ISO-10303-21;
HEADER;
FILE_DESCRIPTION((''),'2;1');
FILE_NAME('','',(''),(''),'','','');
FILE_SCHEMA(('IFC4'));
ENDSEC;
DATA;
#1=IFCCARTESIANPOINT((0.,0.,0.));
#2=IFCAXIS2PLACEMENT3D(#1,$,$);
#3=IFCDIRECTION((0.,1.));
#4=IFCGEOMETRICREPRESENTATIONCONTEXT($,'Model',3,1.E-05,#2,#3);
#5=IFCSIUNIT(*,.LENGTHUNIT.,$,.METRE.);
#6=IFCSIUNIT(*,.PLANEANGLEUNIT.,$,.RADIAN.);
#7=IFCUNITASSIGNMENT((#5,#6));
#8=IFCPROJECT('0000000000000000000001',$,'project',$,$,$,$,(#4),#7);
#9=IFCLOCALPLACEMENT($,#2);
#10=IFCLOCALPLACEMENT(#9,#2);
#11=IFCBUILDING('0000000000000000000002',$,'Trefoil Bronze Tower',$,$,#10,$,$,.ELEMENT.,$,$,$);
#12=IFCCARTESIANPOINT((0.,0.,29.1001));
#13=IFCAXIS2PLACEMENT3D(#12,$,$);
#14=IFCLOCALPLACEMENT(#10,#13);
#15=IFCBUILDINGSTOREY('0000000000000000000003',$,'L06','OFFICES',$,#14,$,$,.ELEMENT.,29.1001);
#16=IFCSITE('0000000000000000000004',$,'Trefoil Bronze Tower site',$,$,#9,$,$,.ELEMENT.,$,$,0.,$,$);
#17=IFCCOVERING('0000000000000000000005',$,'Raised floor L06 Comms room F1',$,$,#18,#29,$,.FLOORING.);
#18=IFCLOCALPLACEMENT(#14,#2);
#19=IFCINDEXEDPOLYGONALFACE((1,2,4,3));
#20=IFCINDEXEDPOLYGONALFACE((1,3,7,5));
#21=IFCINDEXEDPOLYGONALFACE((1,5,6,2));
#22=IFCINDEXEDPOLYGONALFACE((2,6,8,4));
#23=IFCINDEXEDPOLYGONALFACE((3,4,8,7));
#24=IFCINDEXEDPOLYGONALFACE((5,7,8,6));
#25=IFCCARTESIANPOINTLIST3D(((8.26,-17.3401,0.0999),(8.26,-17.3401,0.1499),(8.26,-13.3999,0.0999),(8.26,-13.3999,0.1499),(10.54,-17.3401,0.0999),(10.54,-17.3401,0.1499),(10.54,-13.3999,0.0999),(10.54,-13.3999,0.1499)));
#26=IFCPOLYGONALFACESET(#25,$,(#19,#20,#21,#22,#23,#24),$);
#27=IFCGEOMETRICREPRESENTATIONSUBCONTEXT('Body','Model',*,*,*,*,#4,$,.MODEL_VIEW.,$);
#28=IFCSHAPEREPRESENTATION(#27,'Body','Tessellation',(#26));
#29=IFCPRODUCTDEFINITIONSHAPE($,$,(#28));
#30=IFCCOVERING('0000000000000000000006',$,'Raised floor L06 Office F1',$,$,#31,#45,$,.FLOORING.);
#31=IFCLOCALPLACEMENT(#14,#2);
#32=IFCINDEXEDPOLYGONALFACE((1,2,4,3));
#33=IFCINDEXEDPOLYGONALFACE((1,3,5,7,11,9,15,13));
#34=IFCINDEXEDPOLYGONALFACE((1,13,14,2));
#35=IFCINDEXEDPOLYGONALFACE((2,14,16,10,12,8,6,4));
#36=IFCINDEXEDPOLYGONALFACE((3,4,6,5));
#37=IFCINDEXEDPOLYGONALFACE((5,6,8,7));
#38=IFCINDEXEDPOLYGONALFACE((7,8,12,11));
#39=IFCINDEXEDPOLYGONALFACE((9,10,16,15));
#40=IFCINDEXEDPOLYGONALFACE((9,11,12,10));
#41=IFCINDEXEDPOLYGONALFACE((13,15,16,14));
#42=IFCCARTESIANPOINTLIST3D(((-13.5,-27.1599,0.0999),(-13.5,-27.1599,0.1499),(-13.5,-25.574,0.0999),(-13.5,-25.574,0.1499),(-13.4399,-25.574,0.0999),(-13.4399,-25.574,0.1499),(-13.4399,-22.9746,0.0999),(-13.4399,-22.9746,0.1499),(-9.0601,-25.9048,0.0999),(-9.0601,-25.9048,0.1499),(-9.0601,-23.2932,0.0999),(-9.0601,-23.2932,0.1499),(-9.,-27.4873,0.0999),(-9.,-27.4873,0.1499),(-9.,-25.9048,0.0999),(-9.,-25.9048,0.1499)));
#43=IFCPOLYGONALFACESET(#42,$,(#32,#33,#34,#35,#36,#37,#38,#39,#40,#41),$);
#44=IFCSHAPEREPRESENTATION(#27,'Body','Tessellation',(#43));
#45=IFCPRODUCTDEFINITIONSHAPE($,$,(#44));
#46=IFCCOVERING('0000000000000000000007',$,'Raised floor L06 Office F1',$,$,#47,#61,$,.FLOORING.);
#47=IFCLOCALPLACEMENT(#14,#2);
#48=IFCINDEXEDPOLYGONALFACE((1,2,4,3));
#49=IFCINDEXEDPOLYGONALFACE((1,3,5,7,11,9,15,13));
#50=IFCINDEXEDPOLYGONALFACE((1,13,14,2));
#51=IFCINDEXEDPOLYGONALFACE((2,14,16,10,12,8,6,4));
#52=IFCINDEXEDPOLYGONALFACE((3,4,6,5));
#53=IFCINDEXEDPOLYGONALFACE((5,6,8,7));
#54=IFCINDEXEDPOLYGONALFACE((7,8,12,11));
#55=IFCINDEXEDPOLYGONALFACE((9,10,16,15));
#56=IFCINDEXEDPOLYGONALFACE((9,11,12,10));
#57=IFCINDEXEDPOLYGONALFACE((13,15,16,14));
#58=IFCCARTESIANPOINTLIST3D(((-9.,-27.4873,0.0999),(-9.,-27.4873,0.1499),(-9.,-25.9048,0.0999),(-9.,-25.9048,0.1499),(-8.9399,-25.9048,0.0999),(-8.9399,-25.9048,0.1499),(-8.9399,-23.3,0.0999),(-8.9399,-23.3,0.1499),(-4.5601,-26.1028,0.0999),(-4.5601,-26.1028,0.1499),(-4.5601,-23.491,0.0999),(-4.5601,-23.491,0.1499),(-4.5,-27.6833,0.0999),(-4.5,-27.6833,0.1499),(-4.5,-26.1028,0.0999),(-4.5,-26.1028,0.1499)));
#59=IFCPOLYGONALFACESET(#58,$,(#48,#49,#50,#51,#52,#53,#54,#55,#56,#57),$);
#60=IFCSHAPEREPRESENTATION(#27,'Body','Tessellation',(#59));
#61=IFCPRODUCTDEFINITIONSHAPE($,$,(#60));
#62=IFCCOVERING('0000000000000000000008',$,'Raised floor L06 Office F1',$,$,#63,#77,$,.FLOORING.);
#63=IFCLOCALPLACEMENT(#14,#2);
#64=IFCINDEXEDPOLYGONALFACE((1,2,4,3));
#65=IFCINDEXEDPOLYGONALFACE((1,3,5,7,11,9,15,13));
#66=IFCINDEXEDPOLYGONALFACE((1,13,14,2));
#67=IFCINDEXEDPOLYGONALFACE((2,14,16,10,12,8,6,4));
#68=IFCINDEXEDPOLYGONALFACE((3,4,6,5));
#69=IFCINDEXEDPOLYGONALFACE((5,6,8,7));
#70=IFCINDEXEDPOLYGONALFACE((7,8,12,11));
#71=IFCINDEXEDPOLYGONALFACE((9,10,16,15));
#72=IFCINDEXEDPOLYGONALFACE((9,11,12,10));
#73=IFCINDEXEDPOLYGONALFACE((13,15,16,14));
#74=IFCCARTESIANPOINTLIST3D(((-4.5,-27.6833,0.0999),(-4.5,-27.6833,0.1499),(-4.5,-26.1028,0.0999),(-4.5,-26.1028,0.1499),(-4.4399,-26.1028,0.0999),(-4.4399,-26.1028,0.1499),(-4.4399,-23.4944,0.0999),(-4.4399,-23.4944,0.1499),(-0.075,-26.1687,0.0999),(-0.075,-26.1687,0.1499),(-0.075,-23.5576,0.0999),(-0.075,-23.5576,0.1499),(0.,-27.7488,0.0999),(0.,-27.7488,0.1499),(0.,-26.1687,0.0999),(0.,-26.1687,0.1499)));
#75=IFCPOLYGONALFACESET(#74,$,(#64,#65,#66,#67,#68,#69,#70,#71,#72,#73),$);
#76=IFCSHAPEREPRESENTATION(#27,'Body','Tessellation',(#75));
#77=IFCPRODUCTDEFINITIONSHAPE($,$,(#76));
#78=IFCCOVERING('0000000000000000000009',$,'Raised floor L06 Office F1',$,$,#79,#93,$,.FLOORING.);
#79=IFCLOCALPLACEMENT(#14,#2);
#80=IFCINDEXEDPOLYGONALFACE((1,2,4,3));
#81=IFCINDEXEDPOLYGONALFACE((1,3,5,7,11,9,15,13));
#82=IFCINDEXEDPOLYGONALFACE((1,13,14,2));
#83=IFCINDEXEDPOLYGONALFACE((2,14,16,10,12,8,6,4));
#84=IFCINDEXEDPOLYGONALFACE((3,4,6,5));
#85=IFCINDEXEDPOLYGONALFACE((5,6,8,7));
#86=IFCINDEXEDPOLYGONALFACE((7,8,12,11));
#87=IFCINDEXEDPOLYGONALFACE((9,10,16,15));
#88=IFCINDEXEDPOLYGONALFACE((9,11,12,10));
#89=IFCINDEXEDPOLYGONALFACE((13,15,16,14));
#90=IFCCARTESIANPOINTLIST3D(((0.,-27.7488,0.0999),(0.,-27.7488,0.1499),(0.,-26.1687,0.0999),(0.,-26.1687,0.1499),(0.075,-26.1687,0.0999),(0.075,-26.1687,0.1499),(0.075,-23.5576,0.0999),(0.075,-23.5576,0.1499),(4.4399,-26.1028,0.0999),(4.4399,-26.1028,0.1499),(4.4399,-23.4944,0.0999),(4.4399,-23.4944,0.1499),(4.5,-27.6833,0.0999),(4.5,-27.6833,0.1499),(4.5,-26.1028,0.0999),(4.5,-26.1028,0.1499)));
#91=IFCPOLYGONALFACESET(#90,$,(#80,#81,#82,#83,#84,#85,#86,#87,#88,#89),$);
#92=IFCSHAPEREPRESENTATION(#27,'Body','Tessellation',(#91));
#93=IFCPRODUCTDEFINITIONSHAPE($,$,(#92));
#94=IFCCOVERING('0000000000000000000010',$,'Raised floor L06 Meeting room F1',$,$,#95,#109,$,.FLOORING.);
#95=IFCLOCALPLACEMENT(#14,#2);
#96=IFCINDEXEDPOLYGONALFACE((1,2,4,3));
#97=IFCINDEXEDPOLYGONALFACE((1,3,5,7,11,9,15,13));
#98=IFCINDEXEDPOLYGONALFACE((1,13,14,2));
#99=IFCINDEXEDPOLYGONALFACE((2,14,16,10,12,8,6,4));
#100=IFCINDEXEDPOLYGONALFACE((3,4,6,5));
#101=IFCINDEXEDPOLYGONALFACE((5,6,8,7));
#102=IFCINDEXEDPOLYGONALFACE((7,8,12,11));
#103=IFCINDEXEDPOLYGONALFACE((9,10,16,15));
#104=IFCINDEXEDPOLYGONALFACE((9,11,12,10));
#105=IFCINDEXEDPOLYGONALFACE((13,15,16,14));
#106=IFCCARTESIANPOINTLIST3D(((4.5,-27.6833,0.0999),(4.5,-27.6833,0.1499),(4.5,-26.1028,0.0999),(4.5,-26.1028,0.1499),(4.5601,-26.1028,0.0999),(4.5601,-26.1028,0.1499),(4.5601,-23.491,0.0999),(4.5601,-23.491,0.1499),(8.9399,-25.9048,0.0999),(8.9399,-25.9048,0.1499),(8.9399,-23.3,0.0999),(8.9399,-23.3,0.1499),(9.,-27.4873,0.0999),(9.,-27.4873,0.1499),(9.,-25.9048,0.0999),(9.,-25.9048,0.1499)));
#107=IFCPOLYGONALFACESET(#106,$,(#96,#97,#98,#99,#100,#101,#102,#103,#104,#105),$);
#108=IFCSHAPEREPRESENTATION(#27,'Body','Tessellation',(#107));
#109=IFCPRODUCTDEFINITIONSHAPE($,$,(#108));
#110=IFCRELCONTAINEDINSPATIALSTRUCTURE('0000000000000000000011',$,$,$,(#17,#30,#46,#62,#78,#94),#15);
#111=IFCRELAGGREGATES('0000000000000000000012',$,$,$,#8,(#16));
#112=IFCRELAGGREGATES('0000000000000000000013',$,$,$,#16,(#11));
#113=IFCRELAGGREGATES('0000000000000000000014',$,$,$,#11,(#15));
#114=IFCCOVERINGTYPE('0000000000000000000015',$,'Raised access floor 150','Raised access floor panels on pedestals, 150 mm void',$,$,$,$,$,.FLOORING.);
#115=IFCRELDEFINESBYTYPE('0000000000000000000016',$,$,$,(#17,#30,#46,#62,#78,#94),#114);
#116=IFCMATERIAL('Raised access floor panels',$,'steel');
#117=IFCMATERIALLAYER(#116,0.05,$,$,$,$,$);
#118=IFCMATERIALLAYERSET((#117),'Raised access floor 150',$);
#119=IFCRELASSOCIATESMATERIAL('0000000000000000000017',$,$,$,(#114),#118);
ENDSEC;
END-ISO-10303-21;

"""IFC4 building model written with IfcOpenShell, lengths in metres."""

from ifc_helpers import new_model, si_unit, direction, frame, origin, place, context, subcontext, project, spatial, polyline, outline, extrude, material, layer, layer_set, type_object, element, save


model = new_model("IFC4")

# Units and contexts
model_context = context("Model", 3, precision=1e-05, world=origin(), true_north=direction((0.0, 1.0)))
body_context = subcontext(model_context, "Body", "Model", "MODEL_VIEW")
ifc_project = project(units=[si_unit("LENGTHUNIT", "METRE"), si_unit("PLANEANGLEUNIT", "RADIAN")], contexts=[model_context])

# Site, building, storey
site_placement = place(None, origin())
site = spatial("IfcSite", under=ifc_project, at=site_placement, Name="Trefoil Bronze Tower site", CompositionType="ELEMENT", RefElevation=0.0)
building_placement = place(site_placement, origin())
building = spatial("IfcBuilding", under=site, at=building_placement, Name="Trefoil Bronze Tower", CompositionType="ELEMENT")
storey_placement = place(building_placement, frame((0.0, 0.0, 29.1001)))
storey = spatial("IfcBuildingStorey", under=building, at=storey_placement, Name="L06", Description="OFFICES", CompositionType="ELEMENT", Elevation=29.1001)

# Coverings
ifc_material_1 = material(Name="Raised access floor panels", Category="steel")
ifc_layer_1 = layer(ifc_material_1, 0.05)
ifc_layer_set_1 = layer_set([ifc_layer_1], Name="Raised access floor 150")
covering_type_1 = type_object("IfcCoveringType", Name="Raised access floor 150", Description="Raised access floor panels on pedestals, 150 mm void", PredefinedType="FLOORING", material=ifc_layer_set_1)
covering_1_placement = place(storey_placement, frame((0.0, 0.0, 0.0999)))
element("IfcCovering", 1, at=covering_1_placement, inside=storey, type_object=covering_type_1, Name="Raised floor L06 Comms room F1", PredefinedType="FLOORING", context=body_context, shape_type="SweptSolid", body=[
    extrude(outline(polyline([(10.54, -13.3999), (10.54, -17.3401), (8.26, -17.3401), (8.26, -13.3999), (10.54, -13.3999)])), origin(), (0.0, 0.0, 1.0), 0.05),
])
covering_2_placement = place(storey_placement, frame((0.0, 0.0, 0.0999)))
element("IfcCovering", 2, at=covering_2_placement, inside=storey, type_object=covering_type_1, Name="Raised floor L06 Office F1", PredefinedType="FLOORING", context=body_context, shape_type="SweptSolid", body=[
    extrude(outline(polyline([(-9.0, -27.4873), (-13.5, -27.1599), (-13.5, -25.574), (-13.4399, -25.574), (-13.4399, -22.9746), (-9.0601, -23.2932), (-9.0601, -25.9048), (-9.0, -25.9048), (-9.0, -27.4873)])), origin(), (0.0, 0.0, 1.0), 0.05),
])
covering_3_placement = place(storey_placement, frame((0.0, 0.0, 0.0999)))
element("IfcCovering", 3, at=covering_3_placement, inside=storey, type_object=covering_type_1, Name="Raised floor L06 Office F1", PredefinedType="FLOORING", context=body_context, shape_type="SweptSolid", body=[
    extrude(outline(polyline([(-4.5, -27.6833), (-9.0, -27.4873), (-9.0, -25.9048), (-8.9399, -25.9048), (-8.9399, -23.3), (-4.5601, -23.491), (-4.5601, -26.1028), (-4.5, -26.1028), (-4.5, -27.6833)])), origin(), (0.0, 0.0, 1.0), 0.05),
])
covering_4_placement = place(storey_placement, frame((0.0, 0.0, 0.0999)))
element("IfcCovering", 4, at=covering_4_placement, inside=storey, type_object=covering_type_1, Name="Raised floor L06 Office F1", PredefinedType="FLOORING", context=body_context, shape_type="SweptSolid", body=[
    extrude(outline(polyline([(0.0, -27.7488), (-4.5, -27.6833), (-4.5, -26.1028), (-4.4399, -26.1028), (-4.4399, -23.4944), (-0.075, -23.5576), (-0.075, -26.1687), (0.0, -26.1687), (0.0, -27.7488)])), origin(), (0.0, 0.0, 1.0), 0.05),
])
covering_5_placement = place(storey_placement, frame((0.0, 0.0, 0.0999)))
element("IfcCovering", 5, at=covering_5_placement, inside=storey, type_object=covering_type_1, Name="Raised floor L06 Office F1", PredefinedType="FLOORING", context=body_context, shape_type="SweptSolid", body=[
    extrude(outline(polyline([(4.5, -27.6833), (0.0, -27.7488), (0.0, -26.1687), (0.075, -26.1687), (0.075, -23.5576), (4.4399, -23.4944), (4.4399, -26.1028), (4.5, -26.1028), (4.5, -27.6833)])), origin(), (0.0, 0.0, 1.0), 0.05),
])
covering_6_placement = place(storey_placement, frame((0.0, 0.0, 0.0999)))
element("IfcCovering", 6, at=covering_6_placement, inside=storey, type_object=covering_type_1, Name="Raised floor L06 Meeting room F1", PredefinedType="FLOORING", context=body_context, shape_type="SweptSolid", body=[
    extrude(outline(polyline([(9.0, -27.4873), (4.5, -27.6833), (4.5, -26.1028), (4.5601, -26.1028), (4.5601, -23.491), (8.9399, -23.3), (8.9399, -25.9048), (9.0, -25.9048), (9.0, -27.4873)])), origin(), (0.0, 0.0, 1.0), 0.05),
])

save(model, "model.ifc")
